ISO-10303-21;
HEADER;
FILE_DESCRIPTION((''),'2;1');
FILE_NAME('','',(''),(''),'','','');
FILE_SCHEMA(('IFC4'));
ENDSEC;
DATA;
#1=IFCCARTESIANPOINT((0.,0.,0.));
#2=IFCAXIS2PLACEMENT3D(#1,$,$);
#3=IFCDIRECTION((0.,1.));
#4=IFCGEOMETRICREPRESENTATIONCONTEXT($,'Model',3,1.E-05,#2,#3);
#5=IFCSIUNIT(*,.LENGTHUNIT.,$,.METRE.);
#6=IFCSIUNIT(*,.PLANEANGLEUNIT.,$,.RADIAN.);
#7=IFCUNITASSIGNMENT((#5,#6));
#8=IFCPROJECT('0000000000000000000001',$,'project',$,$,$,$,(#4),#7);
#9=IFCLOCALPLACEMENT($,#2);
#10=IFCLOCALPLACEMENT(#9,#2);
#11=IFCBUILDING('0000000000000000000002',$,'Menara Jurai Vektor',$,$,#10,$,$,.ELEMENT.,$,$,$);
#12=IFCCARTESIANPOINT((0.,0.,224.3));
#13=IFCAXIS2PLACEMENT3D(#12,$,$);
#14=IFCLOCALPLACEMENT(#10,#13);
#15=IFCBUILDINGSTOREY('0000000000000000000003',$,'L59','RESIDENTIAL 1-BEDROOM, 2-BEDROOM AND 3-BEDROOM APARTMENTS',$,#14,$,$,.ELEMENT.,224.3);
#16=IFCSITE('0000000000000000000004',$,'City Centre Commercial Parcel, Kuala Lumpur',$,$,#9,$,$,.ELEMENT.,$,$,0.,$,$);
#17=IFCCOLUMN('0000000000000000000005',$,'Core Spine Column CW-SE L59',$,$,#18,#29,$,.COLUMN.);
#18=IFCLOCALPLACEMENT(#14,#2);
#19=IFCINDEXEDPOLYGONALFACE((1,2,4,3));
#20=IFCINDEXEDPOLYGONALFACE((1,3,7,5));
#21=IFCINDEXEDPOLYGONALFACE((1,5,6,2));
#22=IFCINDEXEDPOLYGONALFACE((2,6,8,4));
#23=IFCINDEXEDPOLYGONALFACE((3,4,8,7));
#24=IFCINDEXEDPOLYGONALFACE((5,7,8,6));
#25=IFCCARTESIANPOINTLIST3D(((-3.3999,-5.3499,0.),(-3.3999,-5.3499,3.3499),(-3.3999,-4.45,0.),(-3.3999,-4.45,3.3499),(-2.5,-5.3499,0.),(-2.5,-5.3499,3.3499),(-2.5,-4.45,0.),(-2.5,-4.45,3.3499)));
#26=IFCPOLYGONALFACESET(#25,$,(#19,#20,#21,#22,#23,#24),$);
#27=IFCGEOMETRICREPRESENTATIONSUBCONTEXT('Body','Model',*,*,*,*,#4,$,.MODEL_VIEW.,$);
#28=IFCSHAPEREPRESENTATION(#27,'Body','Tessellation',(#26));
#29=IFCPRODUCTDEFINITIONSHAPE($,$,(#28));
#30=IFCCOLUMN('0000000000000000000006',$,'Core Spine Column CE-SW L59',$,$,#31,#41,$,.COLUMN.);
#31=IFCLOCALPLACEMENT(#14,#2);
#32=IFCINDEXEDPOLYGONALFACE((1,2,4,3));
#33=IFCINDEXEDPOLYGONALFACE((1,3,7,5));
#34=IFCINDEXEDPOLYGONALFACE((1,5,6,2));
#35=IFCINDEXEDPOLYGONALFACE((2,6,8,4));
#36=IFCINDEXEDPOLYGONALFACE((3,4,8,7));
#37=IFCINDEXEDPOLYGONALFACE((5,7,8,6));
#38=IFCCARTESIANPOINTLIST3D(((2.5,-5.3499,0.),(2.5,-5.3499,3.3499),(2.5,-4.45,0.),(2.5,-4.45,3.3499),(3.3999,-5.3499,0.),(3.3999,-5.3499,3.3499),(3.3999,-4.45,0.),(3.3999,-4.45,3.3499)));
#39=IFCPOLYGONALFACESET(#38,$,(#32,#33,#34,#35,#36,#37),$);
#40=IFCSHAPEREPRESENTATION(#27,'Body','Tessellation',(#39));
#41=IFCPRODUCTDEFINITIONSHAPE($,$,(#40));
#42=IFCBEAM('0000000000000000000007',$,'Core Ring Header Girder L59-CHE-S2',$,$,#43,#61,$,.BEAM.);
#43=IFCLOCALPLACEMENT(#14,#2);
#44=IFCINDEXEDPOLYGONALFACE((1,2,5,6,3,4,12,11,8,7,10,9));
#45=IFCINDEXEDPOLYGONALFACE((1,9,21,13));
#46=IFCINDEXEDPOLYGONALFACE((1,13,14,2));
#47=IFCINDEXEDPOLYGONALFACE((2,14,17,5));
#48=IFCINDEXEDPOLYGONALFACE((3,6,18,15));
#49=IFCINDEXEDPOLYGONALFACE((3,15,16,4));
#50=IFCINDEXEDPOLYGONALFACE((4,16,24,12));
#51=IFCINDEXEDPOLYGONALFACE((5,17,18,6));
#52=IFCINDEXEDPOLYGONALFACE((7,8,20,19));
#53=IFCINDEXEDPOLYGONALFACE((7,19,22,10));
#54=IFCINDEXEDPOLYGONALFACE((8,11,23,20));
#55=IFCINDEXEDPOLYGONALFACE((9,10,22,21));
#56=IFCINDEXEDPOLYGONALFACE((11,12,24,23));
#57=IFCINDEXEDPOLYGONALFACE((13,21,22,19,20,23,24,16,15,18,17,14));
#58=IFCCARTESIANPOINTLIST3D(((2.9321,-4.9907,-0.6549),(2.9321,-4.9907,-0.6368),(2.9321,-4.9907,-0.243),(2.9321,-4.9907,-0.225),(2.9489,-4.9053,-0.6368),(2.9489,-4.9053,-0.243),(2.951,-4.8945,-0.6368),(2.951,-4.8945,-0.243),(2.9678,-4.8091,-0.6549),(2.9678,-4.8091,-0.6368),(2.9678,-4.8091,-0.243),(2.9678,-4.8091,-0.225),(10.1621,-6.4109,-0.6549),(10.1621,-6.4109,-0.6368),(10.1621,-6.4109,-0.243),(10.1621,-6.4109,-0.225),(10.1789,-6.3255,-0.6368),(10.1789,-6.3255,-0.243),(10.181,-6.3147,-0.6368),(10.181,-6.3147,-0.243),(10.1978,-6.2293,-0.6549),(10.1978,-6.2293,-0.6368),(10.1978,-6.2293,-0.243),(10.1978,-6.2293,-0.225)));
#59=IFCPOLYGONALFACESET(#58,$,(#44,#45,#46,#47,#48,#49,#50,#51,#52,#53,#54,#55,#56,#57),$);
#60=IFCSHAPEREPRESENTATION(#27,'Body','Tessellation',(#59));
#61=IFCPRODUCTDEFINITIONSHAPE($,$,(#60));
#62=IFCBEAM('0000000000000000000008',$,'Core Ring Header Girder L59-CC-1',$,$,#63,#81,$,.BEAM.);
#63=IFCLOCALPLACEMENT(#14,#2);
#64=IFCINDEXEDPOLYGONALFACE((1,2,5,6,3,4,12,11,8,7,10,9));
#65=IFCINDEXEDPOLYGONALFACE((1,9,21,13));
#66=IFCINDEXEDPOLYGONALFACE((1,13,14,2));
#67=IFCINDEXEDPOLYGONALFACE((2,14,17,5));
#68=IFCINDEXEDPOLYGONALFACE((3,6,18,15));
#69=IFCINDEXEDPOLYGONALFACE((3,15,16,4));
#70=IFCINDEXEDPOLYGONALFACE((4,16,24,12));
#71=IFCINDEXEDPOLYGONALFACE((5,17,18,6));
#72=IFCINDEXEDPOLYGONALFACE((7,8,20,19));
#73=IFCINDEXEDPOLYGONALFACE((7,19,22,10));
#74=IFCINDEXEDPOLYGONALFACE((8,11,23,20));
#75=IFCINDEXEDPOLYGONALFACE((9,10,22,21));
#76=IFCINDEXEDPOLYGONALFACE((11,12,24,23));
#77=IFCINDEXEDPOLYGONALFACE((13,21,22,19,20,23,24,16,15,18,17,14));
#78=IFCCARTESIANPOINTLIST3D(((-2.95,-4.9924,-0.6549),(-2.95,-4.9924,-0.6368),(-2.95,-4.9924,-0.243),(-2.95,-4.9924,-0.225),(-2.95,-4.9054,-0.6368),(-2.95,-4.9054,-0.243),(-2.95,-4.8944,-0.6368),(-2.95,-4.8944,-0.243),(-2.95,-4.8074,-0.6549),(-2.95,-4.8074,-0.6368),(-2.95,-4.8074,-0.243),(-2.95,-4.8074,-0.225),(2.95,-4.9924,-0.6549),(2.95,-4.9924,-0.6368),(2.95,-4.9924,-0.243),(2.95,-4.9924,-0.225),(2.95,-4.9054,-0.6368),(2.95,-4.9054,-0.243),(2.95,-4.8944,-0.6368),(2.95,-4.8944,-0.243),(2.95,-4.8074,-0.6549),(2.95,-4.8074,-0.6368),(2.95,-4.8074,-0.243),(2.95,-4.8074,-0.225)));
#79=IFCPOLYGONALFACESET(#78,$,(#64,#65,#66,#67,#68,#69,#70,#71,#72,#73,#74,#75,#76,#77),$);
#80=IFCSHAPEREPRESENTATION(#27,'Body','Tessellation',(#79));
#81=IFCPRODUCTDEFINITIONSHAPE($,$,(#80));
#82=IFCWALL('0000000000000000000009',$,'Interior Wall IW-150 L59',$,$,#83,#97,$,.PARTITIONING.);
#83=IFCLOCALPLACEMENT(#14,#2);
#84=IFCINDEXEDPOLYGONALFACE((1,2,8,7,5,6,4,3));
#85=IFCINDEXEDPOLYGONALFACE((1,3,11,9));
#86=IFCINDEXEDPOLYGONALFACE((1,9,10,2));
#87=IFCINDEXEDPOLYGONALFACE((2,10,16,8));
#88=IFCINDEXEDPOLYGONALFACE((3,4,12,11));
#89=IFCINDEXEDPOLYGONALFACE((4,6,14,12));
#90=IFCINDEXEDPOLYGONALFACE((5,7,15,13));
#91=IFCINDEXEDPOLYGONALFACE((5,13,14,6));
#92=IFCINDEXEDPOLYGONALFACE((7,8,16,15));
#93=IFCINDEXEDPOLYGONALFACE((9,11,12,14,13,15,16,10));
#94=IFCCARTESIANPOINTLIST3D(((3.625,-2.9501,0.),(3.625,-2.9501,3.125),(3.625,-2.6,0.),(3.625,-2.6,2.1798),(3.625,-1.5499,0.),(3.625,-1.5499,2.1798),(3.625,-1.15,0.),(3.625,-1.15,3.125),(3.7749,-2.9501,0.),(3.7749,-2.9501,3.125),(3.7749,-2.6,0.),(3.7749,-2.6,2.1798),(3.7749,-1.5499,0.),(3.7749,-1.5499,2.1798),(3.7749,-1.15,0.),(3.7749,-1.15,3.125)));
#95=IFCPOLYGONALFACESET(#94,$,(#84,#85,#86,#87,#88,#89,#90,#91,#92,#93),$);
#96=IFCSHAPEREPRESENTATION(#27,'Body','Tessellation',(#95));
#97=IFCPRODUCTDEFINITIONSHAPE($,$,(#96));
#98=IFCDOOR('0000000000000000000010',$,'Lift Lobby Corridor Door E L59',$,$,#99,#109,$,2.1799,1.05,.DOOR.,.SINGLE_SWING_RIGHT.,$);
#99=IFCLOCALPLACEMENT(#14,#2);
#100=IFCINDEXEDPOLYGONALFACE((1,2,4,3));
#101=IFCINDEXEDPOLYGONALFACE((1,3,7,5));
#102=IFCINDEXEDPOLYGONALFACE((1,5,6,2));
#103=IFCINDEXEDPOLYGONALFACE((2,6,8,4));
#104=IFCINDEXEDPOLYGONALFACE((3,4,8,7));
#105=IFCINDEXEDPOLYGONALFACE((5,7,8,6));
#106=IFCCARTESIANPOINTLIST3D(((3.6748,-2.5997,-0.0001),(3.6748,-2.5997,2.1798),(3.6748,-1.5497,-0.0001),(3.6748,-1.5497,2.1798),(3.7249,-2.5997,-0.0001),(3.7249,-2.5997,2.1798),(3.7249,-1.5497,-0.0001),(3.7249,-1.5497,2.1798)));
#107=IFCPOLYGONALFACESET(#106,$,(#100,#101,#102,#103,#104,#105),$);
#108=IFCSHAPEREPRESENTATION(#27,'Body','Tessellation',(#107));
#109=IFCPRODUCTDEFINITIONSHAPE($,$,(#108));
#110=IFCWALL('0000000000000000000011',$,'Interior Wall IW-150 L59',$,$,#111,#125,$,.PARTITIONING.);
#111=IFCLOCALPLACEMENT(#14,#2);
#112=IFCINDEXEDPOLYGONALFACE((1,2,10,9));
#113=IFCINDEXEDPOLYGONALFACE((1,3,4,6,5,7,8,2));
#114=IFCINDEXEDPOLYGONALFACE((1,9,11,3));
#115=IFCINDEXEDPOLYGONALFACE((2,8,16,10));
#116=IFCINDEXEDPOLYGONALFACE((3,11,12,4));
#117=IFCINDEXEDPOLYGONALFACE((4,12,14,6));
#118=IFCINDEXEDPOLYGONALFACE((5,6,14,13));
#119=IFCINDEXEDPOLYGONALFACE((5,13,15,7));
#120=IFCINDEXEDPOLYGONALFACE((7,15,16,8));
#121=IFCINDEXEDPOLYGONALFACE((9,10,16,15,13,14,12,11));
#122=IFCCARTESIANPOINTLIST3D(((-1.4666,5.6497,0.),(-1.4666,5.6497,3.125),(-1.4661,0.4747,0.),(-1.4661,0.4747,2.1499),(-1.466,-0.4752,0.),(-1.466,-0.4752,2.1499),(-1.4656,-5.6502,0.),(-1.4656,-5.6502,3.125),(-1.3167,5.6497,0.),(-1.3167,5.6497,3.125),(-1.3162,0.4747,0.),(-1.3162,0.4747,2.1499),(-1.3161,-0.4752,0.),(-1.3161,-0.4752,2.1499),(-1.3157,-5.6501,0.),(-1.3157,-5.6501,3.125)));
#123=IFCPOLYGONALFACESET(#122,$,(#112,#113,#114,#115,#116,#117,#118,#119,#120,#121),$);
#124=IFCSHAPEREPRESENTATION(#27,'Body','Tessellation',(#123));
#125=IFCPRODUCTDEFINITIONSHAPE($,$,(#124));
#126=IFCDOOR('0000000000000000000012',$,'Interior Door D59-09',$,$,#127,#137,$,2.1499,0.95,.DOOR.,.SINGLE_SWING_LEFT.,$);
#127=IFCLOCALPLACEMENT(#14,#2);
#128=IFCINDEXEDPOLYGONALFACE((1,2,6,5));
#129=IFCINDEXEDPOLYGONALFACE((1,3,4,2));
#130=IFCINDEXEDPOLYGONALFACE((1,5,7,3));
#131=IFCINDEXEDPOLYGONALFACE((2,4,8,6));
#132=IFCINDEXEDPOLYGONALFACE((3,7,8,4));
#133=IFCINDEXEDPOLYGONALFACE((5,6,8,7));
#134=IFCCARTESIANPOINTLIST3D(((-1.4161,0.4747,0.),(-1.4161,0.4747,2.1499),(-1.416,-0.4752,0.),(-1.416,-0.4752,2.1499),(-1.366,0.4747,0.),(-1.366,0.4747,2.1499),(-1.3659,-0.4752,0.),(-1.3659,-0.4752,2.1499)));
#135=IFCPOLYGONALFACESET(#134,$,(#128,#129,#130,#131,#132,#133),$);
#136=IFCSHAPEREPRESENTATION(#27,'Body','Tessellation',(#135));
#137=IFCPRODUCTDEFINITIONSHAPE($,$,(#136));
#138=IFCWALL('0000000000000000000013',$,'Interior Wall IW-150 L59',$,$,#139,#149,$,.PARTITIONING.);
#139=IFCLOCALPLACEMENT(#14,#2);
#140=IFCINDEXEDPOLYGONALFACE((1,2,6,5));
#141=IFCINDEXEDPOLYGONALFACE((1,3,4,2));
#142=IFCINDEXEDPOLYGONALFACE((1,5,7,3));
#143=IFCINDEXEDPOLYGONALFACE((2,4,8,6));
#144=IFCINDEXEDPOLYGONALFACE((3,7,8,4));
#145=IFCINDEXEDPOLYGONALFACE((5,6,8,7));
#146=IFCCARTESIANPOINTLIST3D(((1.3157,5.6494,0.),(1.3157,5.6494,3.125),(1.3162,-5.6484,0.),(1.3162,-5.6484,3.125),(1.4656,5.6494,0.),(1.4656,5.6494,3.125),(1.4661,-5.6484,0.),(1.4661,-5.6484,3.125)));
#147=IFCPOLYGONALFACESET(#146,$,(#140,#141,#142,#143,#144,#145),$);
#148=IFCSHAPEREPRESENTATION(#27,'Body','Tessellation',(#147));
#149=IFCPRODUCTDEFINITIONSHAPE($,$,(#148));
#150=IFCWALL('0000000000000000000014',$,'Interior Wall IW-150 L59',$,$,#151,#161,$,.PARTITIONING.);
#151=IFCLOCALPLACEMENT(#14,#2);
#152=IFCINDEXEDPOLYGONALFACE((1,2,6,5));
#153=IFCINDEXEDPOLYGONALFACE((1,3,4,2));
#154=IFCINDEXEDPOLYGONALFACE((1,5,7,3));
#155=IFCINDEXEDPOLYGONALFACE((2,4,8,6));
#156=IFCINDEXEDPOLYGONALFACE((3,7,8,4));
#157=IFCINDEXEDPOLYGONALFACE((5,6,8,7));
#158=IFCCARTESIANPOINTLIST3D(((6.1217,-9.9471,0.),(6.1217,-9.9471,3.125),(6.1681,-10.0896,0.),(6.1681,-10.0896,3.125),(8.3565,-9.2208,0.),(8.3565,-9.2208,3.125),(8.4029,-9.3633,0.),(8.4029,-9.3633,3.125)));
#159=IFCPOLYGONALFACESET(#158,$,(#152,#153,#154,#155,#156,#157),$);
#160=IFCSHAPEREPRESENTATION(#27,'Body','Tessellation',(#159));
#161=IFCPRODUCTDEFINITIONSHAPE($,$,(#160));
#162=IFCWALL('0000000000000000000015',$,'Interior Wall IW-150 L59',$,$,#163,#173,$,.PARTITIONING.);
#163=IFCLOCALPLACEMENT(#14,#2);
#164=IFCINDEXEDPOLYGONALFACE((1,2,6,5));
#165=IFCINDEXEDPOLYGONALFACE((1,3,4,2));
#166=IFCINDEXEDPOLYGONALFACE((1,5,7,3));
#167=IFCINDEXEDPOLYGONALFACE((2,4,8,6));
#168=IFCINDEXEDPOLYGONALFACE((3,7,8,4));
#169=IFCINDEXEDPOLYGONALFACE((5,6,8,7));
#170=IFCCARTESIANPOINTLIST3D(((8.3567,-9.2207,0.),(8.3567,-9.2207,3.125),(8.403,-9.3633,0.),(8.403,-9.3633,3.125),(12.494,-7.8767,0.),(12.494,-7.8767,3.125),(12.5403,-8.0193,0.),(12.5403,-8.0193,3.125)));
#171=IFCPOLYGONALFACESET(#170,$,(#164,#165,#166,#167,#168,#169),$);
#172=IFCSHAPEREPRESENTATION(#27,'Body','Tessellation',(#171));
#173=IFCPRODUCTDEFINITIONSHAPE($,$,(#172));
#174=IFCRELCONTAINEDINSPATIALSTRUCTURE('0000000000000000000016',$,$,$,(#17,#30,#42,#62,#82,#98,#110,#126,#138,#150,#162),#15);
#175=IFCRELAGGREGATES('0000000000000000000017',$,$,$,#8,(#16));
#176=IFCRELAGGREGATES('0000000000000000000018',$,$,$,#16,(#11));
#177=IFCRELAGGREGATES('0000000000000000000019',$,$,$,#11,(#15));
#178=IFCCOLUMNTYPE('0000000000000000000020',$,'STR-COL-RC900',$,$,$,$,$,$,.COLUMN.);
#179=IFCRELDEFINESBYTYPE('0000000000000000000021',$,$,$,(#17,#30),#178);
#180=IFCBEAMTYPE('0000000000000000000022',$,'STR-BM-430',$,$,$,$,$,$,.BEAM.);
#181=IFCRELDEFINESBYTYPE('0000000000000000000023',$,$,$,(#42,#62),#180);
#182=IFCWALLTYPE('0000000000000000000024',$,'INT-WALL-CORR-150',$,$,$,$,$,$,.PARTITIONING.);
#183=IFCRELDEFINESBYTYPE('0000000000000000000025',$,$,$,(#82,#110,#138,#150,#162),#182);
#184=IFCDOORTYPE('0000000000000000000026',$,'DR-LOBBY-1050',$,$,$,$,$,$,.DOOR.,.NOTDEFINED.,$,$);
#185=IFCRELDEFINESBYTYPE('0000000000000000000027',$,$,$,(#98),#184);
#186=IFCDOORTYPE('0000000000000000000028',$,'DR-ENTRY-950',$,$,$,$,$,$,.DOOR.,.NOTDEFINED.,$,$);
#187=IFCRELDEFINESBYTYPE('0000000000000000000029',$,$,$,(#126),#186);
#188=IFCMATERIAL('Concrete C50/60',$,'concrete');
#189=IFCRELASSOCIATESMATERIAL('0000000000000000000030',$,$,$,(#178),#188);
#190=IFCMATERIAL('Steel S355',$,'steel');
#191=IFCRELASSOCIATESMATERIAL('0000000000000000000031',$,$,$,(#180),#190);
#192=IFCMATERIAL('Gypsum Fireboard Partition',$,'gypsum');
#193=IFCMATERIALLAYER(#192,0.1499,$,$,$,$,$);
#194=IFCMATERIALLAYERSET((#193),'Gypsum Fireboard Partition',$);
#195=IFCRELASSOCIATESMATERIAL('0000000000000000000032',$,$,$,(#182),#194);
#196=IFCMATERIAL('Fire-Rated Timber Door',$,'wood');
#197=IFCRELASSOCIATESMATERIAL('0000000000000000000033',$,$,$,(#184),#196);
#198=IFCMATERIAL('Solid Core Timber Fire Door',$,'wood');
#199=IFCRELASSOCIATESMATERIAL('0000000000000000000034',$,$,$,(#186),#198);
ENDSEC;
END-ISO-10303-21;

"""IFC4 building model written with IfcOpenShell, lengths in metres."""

from ifc_helpers import new_model, si_unit, direction, frame, frame_2d, origin, origin_2d, place, context, subcontext, project, spatial, rectangle, i_section, extrude, material, layer, layer_set, material_profile, profile_set, type_object, element, fill, save


model = new_model("IFC4")

# Units and contexts
model_context = context("Model", 3, precision=1e-05, world=origin(), true_north=direction((0.0, 1.0)))
body_context = subcontext(model_context, "Body", "Model", "MODEL_VIEW")
ifc_project = project(units=[si_unit("LENGTHUNIT", "METRE"), si_unit("PLANEANGLEUNIT", "RADIAN")], contexts=[model_context])

# Site, building, storey
site_placement = place(None, origin())
site = spatial("IfcSite", under=ifc_project, at=site_placement, Name="City Centre Commercial Parcel, Kuala Lumpur", CompositionType="ELEMENT", RefElevation=0.0)
building_placement = place(site_placement, origin())
building = spatial("IfcBuilding", under=site, at=building_placement, Name="Menara Jurai Vektor", CompositionType="ELEMENT")
storey_placement = place(building_placement, frame((0.0, 0.0, 224.3)))
storey = spatial("IfcBuildingStorey", under=building, at=storey_placement, Name="L59", Description="RESIDENTIAL 1-BEDROOM, 2-BEDROOM AND 3-BEDROOM APARTMENTS", CompositionType="ELEMENT", Elevation=224.3)

# Columns
ifc_material_1 = material(Name="Concrete C50/60", Category="concrete")
ifc_material_profile_1 = material_profile(ifc_material_1, rectangle(XDim=0.8999, YDim=0.8999, at=origin_2d()), Name="RC 900x900")
ifc_profile_set_1 = profile_set([ifc_material_profile_1], Name="Concrete C50/60")
column_type = type_object("IfcColumnType", Name="STR-COL-RC900", PredefinedType="COLUMN", material=ifc_profile_set_1)
for number, where, z_axis, x_axis, name in (
    (1, (-2.95, -4.8999, 0.0), (0.0, 0.0, 1.0), (1.0, 0.0, 0.0), "Core Spine Column CW-SE L59"),
    (2, (2.95, -4.8999, 0.0), (0.0, 0.0, 1.0), (1.0, 0.0, 0.0), "Core Spine Column CE-SW L59"),
):
    element("IfcColumn", number, at=place(storey_placement, frame(where, z_axis=z_axis, x_axis=x_axis)), inside=storey, type_object=column_type, Name=name, PredefinedType="COLUMN", context=body_context, shape_type="SweptSolid", body=[
        extrude(rectangle(XDim=0.8999, YDim=0.8999, at=origin_2d()), origin(), (0.0, 0.0, 1.0), 3.3499),
    ])

# Beams
ifc_material_2 = material(Name="Steel S355", Category="steel")
ifc_material_profile_2 = material_profile(ifc_material_2, i_section(OverallWidth=0.1851, OverallDepth=0.4299, WebThickness=0.011, FlangeThickness=0.0181, at=origin_2d()), Name="PG 430x185x76")
ifc_profile_set_2 = profile_set([ifc_material_profile_2], Name="Steel S355")
beam_type = type_object("IfcBeamType", Name="STR-BM-430", PredefinedType="BEAM", material=ifc_profile_set_2)
beam_1_placement = place(storey_placement, frame((2.95, -4.8999, -0.4399), z_axis=(0.981249, -0.192744, 0.0), x_axis=(0.192744, 0.981249, 0.0)))
element("IfcBeam", 3, at=beam_1_placement, inside=storey, type_object=beam_type, Name="Core Ring Header Girder L59-CHE-S2", PredefinedType="BEAM", context=body_context, shape_type="SweptSolid", body=[
    extrude(i_section(OverallWidth=0.1851, OverallDepth=0.4299, WebThickness=0.011, FlangeThickness=0.0181, at=origin_2d()), origin(), (0.0, 0.0, 1.0), 7.3682),
])
beam_2_placement = place(storey_placement, frame((-2.95, -4.8999, -0.4399), z_axis=(1.0, 0.0, 0.0), x_axis=(0.0, 1.0, 0.0)))
element("IfcBeam", 4, at=beam_2_placement, inside=storey, type_object=beam_type, Name="Core Ring Header Girder L59-CC-1", PredefinedType="BEAM", context=body_context, shape_type="SweptSolid", body=[
    extrude(i_section(OverallWidth=0.1851, OverallDepth=0.4299, WebThickness=0.011, FlangeThickness=0.0181, at=origin_2d()), origin(), (0.0, 0.0, 1.0), 5.8999),
])

# Walls, openings, doors
ifc_material_3 = material(Name="Gypsum Fireboard Partition", Category="gypsum")
ifc_layer_1 = layer(ifc_material_3, 0.1499)
ifc_layer_set_1 = layer_set([ifc_layer_1], Name="Gypsum Fireboard Partition")
wall_type_1 = type_object("IfcWallType", Name="INT-WALL-CORR-150", PredefinedType="PARTITIONING", material=ifc_layer_set_1)
wall_1_placement = place(storey_placement, frame((3.7, -2.95, 0.0), z_axis=(0.0, 0.0, 1.0), x_axis=(0.0, 1.0, 0.0)))
wall_1 = element("IfcWall", 5, at=wall_1_placement, inside=storey, type_object=wall_type_1, Name="Interior Wall IW-150 L59", PredefinedType="PARTITIONING", context=body_context, shape_type="SweptSolid", body=[
    extrude(rectangle(XDim=1.8, YDim=0.1499, at=frame_2d((0.8999, 0.0))), origin(), (0.0, 0.0, 1.0), 3.125),
])
opening_1_placement = place(wall_1_placement, frame((0.3501, 0.0, 0.0)))
opening_1 = element("IfcOpeningElement", 6, at=opening_1_placement, cuts=wall_1, PredefinedType="OPENING", context=body_context, shape_type="SweptSolid", body=[
    extrude(rectangle(XDim=1.05, YDim=2.1799, at=frame_2d((0.5249, 1.0898))), frame((0.0, 0.085, 0.0), z_axis=(0.0, -1.0, 0.0), x_axis=(1.0, 0.0, 0.0)), (0.0, 0.0, 1.0), 0.1699),
])
ifc_material_4 = material(Name="Fire-Rated Timber Door", Category="wood")
door_type_1 = type_object("IfcDoorType", Name="DR-LOBBY-1050", OperationType="NOTDEFINED", PredefinedType="DOOR", material=ifc_material_4)
door_1_placement = place(opening_1_placement, frame((1.05, 0.0, 0.0), z_axis=(0.0, 0.0, 1.0), x_axis=(-1.0, 0.0, 0.0)))
door_1 = element("IfcDoor", 7, at=door_1_placement, inside=storey, type_object=door_type_1, Name="Lift Lobby Corridor Door E L59", OperationType="SINGLE_SWING_RIGHT", OverallHeight=2.1799, OverallWidth=1.05, PredefinedType="DOOR", context=body_context, shape_type="SweptSolid", body=[
    extrude(rectangle(XDim=1.05, YDim=2.1799, at=frame_2d((0.5249, 1.0898))), frame((0.0, 0.0249, 0.0), z_axis=(0.0, -1.0, 0.0), x_axis=(1.0, 0.0, 0.0)), (0.0, 0.0, 1.0), 0.05),
])
fill(opening_1, door_1)
wall_2_placement = place(storey_placement, frame((-1.3906, -5.6501, 0.0), z_axis=(0.0, 0.0, 1.0), x_axis=(-0.000086, 1.0, 0.0)))
wall_2 = element("IfcWall", 8, at=wall_2_placement, inside=storey, type_object=wall_type_1, Name="Interior Wall IW-150 L59", PredefinedType="PARTITIONING", context=body_context, shape_type="SweptSolid", body=[
    extrude(rectangle(XDim=11.2998, YDim=0.1499, at=frame_2d((5.6499, 0.0))), origin(), (0.0, 0.0, 1.0), 3.125),
])
opening_2_placement = place(wall_2_placement, frame((5.1748, 0.0, 0.0)))
opening_2 = element("IfcOpeningElement", 9, at=opening_2_placement, cuts=wall_2, PredefinedType="OPENING", context=body_context, shape_type="SweptSolid", body=[
    extrude(rectangle(XDim=0.95, YDim=2.1499, at=frame_2d((0.4751, 1.075))), frame((0.0, 0.085, 0.0), z_axis=(0.0, -1.0, 0.0), x_axis=(1.0, 0.0, 0.0)), (0.0, 0.0, 1.0), 0.1699),
])
ifc_material_5 = material(Name="Solid Core Timber Fire Door", Category="wood")
door_type_2 = type_object("IfcDoorType", Name="DR-ENTRY-950", OperationType="NOTDEFINED", PredefinedType="DOOR", material=ifc_material_5)
door_2_placement = place(opening_2_placement, origin())
door_2 = element("IfcDoor", 10, at=door_2_placement, inside=storey, type_object=door_type_2, Name="Interior Door D59-09", OperationType="SINGLE_SWING_LEFT", OverallHeight=2.1499, OverallWidth=0.95, PredefinedType="DOOR", context=body_context, shape_type="SweptSolid", body=[
    extrude(rectangle(XDim=0.95, YDim=2.1499, at=frame_2d((0.4751, 1.075))), frame((0.0, 0.0249, 0.0), z_axis=(0.0, -1.0, 0.0), x_axis=(1.0, 0.0, 0.0)), (0.0, 0.0, 1.0), 0.05),
])
fill(opening_2, door_2)

# Walls
wall_3_placement = place(storey_placement, frame((1.3911, -5.6484, 0.0), z_axis=(0.0, 0.0, 1.0), x_axis=(-0.000043, 1.0, 0.0)))
element("IfcWall", 11, at=wall_3_placement, inside=storey, type_object=wall_type_1, Name="Interior Wall IW-150 L59", PredefinedType="PARTITIONING", context=body_context, shape_type="SweptSolid", body=[
    extrude(rectangle(XDim=11.2979, YDim=0.1499, at=frame_2d((5.6489, 0.0))), origin(), (0.0, 0.0, 1.0), 3.125),
])
wall_4_placement = place(storey_placement, frame((6.145, -10.0183, 0.0), z_axis=(0.0, 0.0, 1.0), x_axis=(0.951036, 0.309081, 0.0)))
element("IfcWall", 12, at=wall_4_placement, inside=storey, type_object=wall_type_1, Name="Interior Wall IW-150 L59", PredefinedType="PARTITIONING", context=body_context, shape_type="SweptSolid", body=[
    extrude(rectangle(XDim=2.3499, YDim=0.1499, at=frame_2d((1.1748, 0.0))), origin(), (0.0, 0.0, 1.0), 3.125),
])
wall_5_placement = place(storey_placement, frame((8.3799, -9.292, 0.0), z_axis=(0.0, 0.0, 1.0), x_axis=(0.951074, 0.308962, 0.0)))
element("IfcWall", 13, at=wall_5_placement, inside=storey, type_object=wall_type_1, Name="Interior Wall IW-150 L59", PredefinedType="PARTITIONING", context=body_context, shape_type="SweptSolid", body=[
    extrude(rectangle(XDim=4.3501, YDim=0.1499, at=frame_2d((2.175, 0.0))), origin(), (0.0, 0.0, 1.0), 3.125),
])

save(model, "model.ifc")
